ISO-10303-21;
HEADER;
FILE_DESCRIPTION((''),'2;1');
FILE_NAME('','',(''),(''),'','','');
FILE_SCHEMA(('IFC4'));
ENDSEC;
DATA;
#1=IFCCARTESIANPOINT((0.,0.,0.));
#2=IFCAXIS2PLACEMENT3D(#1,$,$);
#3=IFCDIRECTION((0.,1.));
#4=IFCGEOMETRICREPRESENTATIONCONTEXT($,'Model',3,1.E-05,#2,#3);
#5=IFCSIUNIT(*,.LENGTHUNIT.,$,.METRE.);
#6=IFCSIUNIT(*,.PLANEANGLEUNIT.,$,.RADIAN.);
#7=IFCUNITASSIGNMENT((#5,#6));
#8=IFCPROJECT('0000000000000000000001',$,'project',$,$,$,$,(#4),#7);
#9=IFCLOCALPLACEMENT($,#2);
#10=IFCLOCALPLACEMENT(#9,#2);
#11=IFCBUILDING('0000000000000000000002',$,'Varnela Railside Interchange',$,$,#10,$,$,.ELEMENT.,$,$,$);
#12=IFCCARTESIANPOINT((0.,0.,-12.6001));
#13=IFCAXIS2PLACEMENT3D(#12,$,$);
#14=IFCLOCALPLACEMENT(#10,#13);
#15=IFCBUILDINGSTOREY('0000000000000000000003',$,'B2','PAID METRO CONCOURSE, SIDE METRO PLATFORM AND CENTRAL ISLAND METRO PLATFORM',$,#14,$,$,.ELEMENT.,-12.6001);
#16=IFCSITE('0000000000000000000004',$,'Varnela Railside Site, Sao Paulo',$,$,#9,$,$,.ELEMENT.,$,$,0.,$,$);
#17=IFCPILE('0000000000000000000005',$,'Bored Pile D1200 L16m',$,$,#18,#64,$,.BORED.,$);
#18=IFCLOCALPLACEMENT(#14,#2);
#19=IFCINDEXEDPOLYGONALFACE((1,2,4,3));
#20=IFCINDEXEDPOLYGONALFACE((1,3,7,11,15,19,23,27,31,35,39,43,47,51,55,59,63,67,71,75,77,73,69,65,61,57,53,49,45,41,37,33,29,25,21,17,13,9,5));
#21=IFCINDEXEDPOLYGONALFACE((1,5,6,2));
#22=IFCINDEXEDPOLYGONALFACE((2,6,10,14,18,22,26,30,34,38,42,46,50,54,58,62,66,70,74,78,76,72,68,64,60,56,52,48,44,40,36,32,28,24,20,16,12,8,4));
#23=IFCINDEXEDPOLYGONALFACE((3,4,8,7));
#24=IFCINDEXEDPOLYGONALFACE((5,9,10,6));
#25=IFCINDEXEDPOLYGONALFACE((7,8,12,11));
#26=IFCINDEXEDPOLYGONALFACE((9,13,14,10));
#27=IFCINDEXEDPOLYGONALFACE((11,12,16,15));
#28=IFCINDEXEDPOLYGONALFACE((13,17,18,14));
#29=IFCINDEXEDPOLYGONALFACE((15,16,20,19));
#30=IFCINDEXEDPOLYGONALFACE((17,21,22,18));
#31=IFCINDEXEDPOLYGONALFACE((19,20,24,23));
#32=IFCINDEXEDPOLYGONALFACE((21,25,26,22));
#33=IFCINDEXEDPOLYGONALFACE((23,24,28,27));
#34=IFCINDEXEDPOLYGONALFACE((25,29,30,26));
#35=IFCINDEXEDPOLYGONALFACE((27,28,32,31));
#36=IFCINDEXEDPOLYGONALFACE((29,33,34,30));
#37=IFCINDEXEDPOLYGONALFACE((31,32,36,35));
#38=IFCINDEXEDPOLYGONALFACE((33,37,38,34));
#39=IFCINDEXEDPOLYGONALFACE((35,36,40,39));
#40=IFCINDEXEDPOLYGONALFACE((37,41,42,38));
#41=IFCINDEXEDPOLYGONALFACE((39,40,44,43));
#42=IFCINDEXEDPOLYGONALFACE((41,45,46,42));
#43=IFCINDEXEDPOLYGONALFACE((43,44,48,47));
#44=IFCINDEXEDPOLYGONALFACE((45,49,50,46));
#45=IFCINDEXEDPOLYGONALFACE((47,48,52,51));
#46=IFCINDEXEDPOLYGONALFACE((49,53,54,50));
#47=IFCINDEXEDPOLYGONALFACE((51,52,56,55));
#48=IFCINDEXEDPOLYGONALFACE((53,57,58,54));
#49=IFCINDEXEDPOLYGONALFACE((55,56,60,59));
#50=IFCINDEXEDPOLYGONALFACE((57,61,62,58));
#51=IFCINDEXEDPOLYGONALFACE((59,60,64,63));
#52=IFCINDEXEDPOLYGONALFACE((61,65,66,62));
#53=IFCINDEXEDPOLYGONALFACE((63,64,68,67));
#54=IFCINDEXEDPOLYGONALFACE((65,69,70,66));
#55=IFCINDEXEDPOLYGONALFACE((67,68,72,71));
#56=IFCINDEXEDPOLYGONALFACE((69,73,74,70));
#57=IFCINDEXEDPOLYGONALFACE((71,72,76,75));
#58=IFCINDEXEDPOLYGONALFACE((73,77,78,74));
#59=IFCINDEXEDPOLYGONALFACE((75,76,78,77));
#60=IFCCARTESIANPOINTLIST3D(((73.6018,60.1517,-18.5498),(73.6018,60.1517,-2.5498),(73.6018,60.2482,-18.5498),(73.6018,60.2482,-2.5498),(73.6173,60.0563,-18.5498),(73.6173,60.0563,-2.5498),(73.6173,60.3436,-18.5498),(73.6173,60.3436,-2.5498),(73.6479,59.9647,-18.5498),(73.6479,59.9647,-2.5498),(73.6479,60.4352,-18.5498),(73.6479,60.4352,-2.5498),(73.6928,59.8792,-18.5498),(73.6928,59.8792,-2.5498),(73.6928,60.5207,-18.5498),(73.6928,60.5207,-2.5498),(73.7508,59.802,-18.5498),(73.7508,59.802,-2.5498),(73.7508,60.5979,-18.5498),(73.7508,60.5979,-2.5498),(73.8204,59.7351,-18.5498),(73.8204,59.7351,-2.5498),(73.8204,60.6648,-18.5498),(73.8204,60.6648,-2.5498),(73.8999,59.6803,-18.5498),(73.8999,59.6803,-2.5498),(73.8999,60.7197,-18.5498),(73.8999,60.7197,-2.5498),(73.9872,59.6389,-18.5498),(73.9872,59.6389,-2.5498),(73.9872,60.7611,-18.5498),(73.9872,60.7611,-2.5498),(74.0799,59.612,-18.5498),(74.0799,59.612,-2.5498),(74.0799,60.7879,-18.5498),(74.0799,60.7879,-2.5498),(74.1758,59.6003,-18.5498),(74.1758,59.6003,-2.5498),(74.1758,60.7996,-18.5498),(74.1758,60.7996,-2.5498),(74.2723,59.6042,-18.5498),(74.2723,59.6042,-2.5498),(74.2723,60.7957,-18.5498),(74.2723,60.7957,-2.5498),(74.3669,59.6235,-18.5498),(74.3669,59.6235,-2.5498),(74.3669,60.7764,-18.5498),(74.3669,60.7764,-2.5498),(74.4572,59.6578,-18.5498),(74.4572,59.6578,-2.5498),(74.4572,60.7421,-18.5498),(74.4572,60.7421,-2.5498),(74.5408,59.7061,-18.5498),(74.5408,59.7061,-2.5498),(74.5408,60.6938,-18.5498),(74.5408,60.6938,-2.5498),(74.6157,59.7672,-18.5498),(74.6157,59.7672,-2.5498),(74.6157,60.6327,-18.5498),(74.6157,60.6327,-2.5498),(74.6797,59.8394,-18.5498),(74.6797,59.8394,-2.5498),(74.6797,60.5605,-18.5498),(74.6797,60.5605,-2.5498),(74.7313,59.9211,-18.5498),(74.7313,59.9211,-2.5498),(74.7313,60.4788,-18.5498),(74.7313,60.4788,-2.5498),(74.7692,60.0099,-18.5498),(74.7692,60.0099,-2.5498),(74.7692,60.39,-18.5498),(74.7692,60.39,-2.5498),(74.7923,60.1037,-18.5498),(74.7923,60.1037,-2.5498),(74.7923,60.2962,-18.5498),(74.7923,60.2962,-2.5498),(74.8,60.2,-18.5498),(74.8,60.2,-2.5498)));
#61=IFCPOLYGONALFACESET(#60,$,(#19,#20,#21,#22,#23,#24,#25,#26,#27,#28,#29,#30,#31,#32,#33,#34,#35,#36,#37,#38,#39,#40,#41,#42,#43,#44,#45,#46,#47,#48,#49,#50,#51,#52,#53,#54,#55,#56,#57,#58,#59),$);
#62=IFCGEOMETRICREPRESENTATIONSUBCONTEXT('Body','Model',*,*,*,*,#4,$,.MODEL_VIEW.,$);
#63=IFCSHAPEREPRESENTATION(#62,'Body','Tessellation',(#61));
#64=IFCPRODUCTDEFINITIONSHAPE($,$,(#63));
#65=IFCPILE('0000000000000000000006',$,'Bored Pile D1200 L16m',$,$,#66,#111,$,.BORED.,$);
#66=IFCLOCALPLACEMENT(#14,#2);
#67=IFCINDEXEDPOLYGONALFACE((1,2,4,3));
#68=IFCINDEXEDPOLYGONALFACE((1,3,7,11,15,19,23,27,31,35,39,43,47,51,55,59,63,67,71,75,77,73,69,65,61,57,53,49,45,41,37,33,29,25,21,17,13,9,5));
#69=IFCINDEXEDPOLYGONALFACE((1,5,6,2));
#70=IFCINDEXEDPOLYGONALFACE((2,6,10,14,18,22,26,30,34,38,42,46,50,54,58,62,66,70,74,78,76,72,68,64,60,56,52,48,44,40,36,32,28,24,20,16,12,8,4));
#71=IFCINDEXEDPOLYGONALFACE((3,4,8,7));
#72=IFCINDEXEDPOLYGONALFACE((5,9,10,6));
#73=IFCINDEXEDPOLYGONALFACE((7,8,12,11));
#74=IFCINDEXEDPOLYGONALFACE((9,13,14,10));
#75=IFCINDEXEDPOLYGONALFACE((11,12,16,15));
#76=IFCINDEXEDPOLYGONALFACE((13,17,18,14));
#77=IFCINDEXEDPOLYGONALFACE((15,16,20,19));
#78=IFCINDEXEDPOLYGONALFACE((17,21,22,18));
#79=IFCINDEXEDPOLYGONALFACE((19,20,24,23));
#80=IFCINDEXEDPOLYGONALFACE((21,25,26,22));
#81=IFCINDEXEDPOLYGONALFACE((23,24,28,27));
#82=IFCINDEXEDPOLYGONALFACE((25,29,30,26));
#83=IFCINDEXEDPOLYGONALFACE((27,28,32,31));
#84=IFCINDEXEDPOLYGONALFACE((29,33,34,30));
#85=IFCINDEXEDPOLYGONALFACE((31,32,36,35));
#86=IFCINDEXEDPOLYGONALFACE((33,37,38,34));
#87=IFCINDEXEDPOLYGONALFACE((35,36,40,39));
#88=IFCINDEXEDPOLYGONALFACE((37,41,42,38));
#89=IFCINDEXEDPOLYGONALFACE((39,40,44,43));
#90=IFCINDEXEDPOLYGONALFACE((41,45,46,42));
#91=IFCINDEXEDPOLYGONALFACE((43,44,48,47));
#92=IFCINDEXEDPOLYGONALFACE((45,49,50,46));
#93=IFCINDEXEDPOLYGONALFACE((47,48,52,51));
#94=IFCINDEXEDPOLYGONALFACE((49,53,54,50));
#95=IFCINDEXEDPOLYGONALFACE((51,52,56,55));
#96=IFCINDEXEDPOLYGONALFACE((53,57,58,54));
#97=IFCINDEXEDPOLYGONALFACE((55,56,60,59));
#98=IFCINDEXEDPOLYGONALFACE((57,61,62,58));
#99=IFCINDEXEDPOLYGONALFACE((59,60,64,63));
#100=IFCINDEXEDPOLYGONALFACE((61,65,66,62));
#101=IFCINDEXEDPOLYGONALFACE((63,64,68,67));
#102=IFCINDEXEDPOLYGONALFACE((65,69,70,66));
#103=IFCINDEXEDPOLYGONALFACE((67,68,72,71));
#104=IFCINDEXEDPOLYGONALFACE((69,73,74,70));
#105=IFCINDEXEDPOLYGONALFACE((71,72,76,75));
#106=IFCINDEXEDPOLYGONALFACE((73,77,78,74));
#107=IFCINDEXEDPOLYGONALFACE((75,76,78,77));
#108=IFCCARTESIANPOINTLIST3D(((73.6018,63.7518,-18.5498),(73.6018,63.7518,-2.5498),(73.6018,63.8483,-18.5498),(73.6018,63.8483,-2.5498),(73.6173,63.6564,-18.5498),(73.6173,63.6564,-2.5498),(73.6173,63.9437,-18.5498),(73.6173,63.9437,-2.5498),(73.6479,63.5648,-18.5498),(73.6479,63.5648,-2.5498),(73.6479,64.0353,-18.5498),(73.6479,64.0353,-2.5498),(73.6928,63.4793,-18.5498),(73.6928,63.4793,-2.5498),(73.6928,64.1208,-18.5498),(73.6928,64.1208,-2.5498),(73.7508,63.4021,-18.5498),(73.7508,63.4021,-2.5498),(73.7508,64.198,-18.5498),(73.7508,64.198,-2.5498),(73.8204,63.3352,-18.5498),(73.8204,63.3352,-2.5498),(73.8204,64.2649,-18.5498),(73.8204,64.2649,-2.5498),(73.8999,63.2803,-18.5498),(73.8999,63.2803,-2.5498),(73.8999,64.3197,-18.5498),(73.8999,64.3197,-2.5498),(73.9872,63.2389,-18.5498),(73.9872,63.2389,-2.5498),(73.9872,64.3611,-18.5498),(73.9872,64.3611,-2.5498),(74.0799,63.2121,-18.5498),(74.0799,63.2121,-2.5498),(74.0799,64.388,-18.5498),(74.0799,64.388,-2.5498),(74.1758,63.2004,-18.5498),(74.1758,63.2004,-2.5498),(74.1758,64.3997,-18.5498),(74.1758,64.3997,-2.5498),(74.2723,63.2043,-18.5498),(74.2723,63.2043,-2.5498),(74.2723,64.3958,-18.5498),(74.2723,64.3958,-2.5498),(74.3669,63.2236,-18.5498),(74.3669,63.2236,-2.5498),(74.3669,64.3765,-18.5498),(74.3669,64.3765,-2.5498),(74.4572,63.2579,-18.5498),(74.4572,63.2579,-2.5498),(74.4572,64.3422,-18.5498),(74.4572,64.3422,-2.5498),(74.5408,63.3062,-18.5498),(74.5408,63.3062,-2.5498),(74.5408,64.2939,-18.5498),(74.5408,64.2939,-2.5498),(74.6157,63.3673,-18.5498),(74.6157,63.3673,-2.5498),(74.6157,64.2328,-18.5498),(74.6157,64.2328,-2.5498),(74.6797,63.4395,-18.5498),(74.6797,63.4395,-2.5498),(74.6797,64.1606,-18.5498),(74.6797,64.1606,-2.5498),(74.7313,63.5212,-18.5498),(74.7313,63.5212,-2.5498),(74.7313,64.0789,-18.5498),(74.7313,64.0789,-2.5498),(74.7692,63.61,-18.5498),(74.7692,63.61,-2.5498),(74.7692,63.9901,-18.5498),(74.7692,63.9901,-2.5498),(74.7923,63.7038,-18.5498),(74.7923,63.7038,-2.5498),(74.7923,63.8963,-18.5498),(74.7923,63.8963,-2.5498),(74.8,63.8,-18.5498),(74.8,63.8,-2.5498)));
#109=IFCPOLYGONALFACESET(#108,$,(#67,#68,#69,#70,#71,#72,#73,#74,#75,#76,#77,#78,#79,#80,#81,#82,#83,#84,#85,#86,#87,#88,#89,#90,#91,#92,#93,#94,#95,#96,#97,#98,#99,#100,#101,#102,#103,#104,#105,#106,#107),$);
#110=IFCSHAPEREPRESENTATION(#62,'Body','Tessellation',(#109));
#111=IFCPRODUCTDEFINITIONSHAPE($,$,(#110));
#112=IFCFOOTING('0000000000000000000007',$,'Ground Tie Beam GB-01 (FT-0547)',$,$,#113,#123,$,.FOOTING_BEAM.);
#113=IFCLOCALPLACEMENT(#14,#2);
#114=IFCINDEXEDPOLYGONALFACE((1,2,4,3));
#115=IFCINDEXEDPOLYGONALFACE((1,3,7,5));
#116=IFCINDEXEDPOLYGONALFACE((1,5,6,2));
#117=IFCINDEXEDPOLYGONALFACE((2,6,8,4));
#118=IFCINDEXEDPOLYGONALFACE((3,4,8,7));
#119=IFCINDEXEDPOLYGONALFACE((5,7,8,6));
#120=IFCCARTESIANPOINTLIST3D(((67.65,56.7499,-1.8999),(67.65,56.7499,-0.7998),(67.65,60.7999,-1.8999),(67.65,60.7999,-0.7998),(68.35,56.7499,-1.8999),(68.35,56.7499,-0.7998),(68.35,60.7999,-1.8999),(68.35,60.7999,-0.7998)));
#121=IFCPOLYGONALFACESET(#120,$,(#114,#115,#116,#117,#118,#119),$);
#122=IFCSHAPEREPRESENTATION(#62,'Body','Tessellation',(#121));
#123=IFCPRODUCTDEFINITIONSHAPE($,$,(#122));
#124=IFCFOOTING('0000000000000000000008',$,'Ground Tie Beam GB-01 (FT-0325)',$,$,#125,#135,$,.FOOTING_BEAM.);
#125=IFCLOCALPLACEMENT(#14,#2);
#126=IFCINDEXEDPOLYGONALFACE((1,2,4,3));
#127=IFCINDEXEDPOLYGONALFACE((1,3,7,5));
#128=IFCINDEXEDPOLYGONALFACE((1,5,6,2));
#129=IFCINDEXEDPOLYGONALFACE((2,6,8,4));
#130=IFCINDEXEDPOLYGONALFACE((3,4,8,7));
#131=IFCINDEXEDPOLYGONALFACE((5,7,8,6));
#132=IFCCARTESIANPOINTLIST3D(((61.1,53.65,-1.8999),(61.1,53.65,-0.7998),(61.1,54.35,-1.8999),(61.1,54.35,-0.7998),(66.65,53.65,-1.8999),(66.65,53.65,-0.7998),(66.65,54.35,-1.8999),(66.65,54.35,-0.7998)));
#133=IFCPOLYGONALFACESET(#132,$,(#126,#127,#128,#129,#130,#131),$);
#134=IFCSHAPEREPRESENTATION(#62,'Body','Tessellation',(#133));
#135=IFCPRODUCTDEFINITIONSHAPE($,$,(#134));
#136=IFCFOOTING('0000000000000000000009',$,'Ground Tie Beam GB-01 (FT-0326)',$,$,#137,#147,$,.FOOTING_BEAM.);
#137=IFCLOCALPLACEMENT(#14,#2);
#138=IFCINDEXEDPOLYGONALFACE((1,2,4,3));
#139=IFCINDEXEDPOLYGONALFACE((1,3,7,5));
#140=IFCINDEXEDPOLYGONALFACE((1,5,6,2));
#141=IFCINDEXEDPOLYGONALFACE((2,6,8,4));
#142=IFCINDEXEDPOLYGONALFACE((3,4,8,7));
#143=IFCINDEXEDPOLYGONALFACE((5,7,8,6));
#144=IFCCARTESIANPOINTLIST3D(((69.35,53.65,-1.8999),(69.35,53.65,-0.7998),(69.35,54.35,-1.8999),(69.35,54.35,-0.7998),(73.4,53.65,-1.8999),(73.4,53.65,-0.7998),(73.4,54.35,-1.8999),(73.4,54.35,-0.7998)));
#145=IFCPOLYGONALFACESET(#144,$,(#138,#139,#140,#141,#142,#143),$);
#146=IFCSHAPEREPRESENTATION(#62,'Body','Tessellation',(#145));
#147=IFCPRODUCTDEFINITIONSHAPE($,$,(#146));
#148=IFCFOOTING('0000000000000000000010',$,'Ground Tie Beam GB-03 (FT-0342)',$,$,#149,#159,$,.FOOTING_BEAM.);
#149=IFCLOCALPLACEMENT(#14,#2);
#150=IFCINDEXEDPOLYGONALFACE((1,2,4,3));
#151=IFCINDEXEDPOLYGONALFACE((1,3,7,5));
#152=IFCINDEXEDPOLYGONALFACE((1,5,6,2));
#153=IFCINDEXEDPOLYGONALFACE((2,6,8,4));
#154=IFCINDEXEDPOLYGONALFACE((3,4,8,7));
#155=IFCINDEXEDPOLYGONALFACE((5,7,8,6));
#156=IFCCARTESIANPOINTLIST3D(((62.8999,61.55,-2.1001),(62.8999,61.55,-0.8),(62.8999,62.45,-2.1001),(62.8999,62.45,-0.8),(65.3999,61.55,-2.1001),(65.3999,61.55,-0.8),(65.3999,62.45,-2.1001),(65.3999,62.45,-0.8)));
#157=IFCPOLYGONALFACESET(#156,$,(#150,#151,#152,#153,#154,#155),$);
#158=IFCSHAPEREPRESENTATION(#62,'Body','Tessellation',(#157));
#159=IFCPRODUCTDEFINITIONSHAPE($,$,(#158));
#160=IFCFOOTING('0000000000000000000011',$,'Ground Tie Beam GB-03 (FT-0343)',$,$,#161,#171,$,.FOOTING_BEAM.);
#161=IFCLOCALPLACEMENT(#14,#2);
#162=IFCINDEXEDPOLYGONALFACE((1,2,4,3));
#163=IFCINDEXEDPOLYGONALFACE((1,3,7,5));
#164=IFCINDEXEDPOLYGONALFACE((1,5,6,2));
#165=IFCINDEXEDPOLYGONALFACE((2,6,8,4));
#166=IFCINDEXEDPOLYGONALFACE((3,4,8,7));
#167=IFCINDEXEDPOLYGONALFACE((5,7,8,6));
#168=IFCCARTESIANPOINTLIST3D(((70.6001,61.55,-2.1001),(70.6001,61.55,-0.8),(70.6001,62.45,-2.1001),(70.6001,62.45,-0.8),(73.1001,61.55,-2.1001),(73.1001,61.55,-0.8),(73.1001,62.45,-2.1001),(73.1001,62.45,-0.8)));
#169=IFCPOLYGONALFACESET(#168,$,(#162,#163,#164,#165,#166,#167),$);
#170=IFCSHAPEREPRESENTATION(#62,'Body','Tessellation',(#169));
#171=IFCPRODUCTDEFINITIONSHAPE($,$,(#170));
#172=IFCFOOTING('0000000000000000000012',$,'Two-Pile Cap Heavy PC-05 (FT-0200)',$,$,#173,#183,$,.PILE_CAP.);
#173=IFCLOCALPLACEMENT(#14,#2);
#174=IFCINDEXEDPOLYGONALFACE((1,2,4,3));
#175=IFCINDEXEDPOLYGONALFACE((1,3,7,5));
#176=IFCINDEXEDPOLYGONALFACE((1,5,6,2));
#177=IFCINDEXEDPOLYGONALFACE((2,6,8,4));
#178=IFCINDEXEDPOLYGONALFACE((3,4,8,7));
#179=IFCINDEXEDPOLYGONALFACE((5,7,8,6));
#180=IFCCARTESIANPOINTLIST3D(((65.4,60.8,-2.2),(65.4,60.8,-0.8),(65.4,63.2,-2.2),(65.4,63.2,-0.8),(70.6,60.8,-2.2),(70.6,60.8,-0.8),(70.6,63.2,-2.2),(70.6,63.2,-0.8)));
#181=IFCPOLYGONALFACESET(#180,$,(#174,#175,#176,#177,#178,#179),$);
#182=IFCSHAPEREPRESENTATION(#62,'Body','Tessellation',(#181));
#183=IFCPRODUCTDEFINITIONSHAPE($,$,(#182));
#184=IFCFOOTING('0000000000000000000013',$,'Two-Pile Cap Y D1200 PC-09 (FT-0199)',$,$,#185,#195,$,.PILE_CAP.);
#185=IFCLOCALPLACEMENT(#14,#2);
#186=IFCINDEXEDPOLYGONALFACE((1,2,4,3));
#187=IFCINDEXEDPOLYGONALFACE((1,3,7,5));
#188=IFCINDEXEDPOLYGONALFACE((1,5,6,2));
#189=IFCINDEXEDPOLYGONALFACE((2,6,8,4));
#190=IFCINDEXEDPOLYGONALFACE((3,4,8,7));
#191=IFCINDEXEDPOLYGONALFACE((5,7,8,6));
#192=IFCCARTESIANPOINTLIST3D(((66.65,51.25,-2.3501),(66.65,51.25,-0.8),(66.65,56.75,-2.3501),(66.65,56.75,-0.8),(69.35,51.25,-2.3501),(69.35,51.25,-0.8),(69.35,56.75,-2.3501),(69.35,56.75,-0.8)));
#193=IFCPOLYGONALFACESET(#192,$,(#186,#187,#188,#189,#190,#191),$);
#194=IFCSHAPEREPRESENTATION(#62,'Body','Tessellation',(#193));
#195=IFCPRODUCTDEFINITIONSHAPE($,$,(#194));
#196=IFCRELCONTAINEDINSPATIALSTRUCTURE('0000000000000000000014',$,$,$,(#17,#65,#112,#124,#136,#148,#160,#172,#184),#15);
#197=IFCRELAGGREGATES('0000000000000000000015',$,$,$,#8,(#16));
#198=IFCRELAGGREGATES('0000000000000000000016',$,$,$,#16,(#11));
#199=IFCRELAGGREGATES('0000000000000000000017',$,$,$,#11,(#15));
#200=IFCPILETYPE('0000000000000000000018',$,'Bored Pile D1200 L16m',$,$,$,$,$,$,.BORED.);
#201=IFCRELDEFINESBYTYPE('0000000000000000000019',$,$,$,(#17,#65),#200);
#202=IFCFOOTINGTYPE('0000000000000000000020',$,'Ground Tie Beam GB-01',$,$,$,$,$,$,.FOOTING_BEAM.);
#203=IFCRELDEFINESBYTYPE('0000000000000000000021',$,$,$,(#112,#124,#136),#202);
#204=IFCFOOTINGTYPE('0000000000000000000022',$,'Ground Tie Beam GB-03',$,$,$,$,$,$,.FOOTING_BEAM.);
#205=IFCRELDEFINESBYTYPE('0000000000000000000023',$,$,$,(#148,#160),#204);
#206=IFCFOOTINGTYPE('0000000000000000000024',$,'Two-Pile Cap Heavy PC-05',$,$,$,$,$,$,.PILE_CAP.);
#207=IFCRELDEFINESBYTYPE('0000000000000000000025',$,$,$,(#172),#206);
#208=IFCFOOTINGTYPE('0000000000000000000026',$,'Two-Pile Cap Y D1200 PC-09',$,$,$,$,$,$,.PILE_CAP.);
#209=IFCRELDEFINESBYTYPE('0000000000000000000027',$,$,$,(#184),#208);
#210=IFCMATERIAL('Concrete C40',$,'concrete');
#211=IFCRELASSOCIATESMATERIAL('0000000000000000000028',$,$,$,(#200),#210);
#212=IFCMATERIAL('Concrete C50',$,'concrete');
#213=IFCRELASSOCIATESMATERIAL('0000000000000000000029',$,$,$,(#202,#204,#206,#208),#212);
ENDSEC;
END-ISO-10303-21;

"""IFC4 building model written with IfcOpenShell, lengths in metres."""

from ifc_helpers import new_model, si_unit, direction, frame, origin, origin_2d, place, context, subcontext, project, spatial, rectangle, circle, extrude, material, material_profile, profile_set, type_object, element, save


model = new_model("IFC4")

# Units and contexts
model_context = context("Model", 3, precision=1e-05, world=origin(), true_north=direction((0.0, 1.0)))
body_context = subcontext(model_context, "Body", "Model", "MODEL_VIEW")
ifc_project = project(units=[si_unit("LENGTHUNIT", "METRE"), si_unit("PLANEANGLEUNIT", "RADIAN")], contexts=[model_context])

# Site, building, storey
site_placement = place(None, origin())
site = spatial("IfcSite", under=ifc_project, at=site_placement, Name="Varnela Railside Site, Sao Paulo", CompositionType="ELEMENT", RefElevation=0.0)
building_placement = place(site_placement, origin())
building = spatial("IfcBuilding", under=site, at=building_placement, Name="Varnela Railside Interchange", CompositionType="ELEMENT")
storey_placement = place(building_placement, frame((0.0, 0.0, -12.6001)))
storey = spatial("IfcBuildingStorey", under=building, at=storey_placement, Name="B2", Description="PAID METRO CONCOURSE, SIDE METRO PLATFORM AND CENTRAL ISLAND METRO PLATFORM", CompositionType="ELEMENT", Elevation=-12.6001)

# Shared definitions
ifc_material_1 = material(Name="Concrete C50", Category="concrete")

# Piles
ifc_material_2 = material(Name="Concrete C40", Category="concrete")
ifc_material_profile_1 = material_profile(ifc_material_2, circle(Radius=0.6001, at=origin_2d()), Name="BORED PILE D1200")
ifc_profile_set_1 = profile_set([ifc_material_profile_1], Name="Concrete C40")
pile_type_1 = type_object("IfcPileType", Name="Bored Pile D1200 L16m", PredefinedType="BORED", material=ifc_profile_set_1)
for number, where, z_axis, x_axis, name in (
    (1, (74.2, 60.2, -2.5498), (0.0, 0.0, -1.0), (1.0, 0.0, 0.0), "Bored Pile D1200 L16m"),
    (2, (74.2, 63.8, -2.5498), (0.0, 0.0, -1.0), (1.0, 0.0, 0.0), "Bored Pile D1200 L16m"),
):
    element("IfcPile", number, at=place(storey_placement, frame(where, z_axis=z_axis, x_axis=x_axis)), inside=storey, type_object=pile_type_1, Name=name, PredefinedType="BORED", context=body_context, shape_type="SweptSolid", body=[
        extrude(circle(Radius=0.6001, at=origin_2d()), origin(), (0.0, 0.0, 1.0), 16.0),
    ])

# Footings
footing_type_1 = type_object("IfcFootingType", Name="Ground Tie Beam GB-01", PredefinedType="FOOTING_BEAM", material=ifc_material_1)
footing_1_placement = place(storey_placement, frame((68.0, 58.7749, -1.8999), z_axis=(0.0, 0.0, 1.0), x_axis=(1.0, 0.0, 0.0)))
element("IfcFooting", 3, at=footing_1_placement, inside=storey, type_object=footing_type_1, Name="Ground Tie Beam GB-01 (FT-0547)", PredefinedType="FOOTING_BEAM", context=body_context, shape_type="SweptSolid", body=[
    extrude(rectangle(XDim=0.7, YDim=4.05, at=origin_2d()), origin(), (0.0, 0.0, 1.0), 1.1001),
])
footing_2_placement = place(storey_placement, frame((63.875, 54.0, -1.8999), z_axis=(0.0, 0.0, 1.0), x_axis=(1.0, 0.0, 0.0)))
element("IfcFooting", 4, at=footing_2_placement, inside=storey, type_object=footing_type_1, Name="Ground Tie Beam GB-01 (FT-0325)", PredefinedType="FOOTING_BEAM", context=body_context, shape_type="SweptSolid", body=[
    extrude(rectangle(XDim=5.55, YDim=0.7, at=origin_2d()), origin(), (0.0, 0.0, 1.0), 1.1001),
])
footing_3_placement = place(storey_placement, frame((71.375, 54.0, -1.8999), z_axis=(0.0, 0.0, 1.0), x_axis=(1.0, 0.0, 0.0)))
element("IfcFooting", 5, at=footing_3_placement, inside=storey, type_object=footing_type_1, Name="Ground Tie Beam GB-01 (FT-0326)", PredefinedType="FOOTING_BEAM", context=body_context, shape_type="SweptSolid", body=[
    extrude(rectangle(XDim=4.05, YDim=0.7, at=origin_2d()), origin(), (0.0, 0.0, 1.0), 1.1001),
])
footing_type_2 = type_object("IfcFootingType", Name="Ground Tie Beam GB-03", PredefinedType="FOOTING_BEAM", material=ifc_material_1)
for number, where, z_axis, x_axis, name in (
    (6, (64.1499, 62.0, -2.1001), (0.0, 0.0, 1.0), (1.0, 0.0, 0.0), "Ground Tie Beam GB-03 (FT-0342)"),
    (7, (71.8501, 62.0, -2.1001), (0.0, 0.0, 1.0), (1.0, 0.0, 0.0), "Ground Tie Beam GB-03 (FT-0343)"),
):
    element("IfcFooting", number, at=place(storey_placement, frame(where, z_axis=z_axis, x_axis=x_axis)), inside=storey, type_object=footing_type_2, Name=name, PredefinedType="FOOTING_BEAM", context=body_context, shape_type="SweptSolid", body=[
        extrude(rectangle(XDim=2.5, YDim=0.8999, at=origin_2d()), origin(), (0.0, 0.0, 1.0), 1.3),
    ])
footing_type_3 = type_object("IfcFootingType", Name="Two-Pile Cap Heavy PC-05", PredefinedType="PILE_CAP", material=ifc_material_1)
footing_4_placement = place(storey_placement, frame((68.0, 62.0, -2.2), z_axis=(0.0, 0.0, 1.0), x_axis=(1.0, 0.0, 0.0)))
element("IfcFooting", 8, at=footing_4_placement, inside=storey, type_object=footing_type_3, Name="Two-Pile Cap Heavy PC-05 (FT-0200)", PredefinedType="PILE_CAP", context=body_context, shape_type="SweptSolid", body=[
    extrude(rectangle(XDim=5.2, YDim=2.3999, at=origin_2d()), origin(), (0.0, 0.0, 1.0), 1.3999),
])
footing_type_4 = type_object("IfcFootingType", Name="Two-Pile Cap Y D1200 PC-09", PredefinedType="PILE_CAP", material=ifc_material_1)
footing_5_placement = place(storey_placement, frame((68.0, 54.0, -2.3501), z_axis=(0.0, 0.0, 1.0), x_axis=(1.0, 0.0, 0.0)))
element("IfcFooting", 9, at=footing_5_placement, inside=storey, type_object=footing_type_4, Name="Two-Pile Cap Y D1200 PC-09 (FT-0199)", PredefinedType="PILE_CAP", context=body_context, shape_type="SweptSolid", body=[
    extrude(rectangle(XDim=2.7, YDim=5.5, at=origin_2d()), origin(), (0.0, 0.0, 1.0), 1.55),
])

save(model, "model.ifc")
